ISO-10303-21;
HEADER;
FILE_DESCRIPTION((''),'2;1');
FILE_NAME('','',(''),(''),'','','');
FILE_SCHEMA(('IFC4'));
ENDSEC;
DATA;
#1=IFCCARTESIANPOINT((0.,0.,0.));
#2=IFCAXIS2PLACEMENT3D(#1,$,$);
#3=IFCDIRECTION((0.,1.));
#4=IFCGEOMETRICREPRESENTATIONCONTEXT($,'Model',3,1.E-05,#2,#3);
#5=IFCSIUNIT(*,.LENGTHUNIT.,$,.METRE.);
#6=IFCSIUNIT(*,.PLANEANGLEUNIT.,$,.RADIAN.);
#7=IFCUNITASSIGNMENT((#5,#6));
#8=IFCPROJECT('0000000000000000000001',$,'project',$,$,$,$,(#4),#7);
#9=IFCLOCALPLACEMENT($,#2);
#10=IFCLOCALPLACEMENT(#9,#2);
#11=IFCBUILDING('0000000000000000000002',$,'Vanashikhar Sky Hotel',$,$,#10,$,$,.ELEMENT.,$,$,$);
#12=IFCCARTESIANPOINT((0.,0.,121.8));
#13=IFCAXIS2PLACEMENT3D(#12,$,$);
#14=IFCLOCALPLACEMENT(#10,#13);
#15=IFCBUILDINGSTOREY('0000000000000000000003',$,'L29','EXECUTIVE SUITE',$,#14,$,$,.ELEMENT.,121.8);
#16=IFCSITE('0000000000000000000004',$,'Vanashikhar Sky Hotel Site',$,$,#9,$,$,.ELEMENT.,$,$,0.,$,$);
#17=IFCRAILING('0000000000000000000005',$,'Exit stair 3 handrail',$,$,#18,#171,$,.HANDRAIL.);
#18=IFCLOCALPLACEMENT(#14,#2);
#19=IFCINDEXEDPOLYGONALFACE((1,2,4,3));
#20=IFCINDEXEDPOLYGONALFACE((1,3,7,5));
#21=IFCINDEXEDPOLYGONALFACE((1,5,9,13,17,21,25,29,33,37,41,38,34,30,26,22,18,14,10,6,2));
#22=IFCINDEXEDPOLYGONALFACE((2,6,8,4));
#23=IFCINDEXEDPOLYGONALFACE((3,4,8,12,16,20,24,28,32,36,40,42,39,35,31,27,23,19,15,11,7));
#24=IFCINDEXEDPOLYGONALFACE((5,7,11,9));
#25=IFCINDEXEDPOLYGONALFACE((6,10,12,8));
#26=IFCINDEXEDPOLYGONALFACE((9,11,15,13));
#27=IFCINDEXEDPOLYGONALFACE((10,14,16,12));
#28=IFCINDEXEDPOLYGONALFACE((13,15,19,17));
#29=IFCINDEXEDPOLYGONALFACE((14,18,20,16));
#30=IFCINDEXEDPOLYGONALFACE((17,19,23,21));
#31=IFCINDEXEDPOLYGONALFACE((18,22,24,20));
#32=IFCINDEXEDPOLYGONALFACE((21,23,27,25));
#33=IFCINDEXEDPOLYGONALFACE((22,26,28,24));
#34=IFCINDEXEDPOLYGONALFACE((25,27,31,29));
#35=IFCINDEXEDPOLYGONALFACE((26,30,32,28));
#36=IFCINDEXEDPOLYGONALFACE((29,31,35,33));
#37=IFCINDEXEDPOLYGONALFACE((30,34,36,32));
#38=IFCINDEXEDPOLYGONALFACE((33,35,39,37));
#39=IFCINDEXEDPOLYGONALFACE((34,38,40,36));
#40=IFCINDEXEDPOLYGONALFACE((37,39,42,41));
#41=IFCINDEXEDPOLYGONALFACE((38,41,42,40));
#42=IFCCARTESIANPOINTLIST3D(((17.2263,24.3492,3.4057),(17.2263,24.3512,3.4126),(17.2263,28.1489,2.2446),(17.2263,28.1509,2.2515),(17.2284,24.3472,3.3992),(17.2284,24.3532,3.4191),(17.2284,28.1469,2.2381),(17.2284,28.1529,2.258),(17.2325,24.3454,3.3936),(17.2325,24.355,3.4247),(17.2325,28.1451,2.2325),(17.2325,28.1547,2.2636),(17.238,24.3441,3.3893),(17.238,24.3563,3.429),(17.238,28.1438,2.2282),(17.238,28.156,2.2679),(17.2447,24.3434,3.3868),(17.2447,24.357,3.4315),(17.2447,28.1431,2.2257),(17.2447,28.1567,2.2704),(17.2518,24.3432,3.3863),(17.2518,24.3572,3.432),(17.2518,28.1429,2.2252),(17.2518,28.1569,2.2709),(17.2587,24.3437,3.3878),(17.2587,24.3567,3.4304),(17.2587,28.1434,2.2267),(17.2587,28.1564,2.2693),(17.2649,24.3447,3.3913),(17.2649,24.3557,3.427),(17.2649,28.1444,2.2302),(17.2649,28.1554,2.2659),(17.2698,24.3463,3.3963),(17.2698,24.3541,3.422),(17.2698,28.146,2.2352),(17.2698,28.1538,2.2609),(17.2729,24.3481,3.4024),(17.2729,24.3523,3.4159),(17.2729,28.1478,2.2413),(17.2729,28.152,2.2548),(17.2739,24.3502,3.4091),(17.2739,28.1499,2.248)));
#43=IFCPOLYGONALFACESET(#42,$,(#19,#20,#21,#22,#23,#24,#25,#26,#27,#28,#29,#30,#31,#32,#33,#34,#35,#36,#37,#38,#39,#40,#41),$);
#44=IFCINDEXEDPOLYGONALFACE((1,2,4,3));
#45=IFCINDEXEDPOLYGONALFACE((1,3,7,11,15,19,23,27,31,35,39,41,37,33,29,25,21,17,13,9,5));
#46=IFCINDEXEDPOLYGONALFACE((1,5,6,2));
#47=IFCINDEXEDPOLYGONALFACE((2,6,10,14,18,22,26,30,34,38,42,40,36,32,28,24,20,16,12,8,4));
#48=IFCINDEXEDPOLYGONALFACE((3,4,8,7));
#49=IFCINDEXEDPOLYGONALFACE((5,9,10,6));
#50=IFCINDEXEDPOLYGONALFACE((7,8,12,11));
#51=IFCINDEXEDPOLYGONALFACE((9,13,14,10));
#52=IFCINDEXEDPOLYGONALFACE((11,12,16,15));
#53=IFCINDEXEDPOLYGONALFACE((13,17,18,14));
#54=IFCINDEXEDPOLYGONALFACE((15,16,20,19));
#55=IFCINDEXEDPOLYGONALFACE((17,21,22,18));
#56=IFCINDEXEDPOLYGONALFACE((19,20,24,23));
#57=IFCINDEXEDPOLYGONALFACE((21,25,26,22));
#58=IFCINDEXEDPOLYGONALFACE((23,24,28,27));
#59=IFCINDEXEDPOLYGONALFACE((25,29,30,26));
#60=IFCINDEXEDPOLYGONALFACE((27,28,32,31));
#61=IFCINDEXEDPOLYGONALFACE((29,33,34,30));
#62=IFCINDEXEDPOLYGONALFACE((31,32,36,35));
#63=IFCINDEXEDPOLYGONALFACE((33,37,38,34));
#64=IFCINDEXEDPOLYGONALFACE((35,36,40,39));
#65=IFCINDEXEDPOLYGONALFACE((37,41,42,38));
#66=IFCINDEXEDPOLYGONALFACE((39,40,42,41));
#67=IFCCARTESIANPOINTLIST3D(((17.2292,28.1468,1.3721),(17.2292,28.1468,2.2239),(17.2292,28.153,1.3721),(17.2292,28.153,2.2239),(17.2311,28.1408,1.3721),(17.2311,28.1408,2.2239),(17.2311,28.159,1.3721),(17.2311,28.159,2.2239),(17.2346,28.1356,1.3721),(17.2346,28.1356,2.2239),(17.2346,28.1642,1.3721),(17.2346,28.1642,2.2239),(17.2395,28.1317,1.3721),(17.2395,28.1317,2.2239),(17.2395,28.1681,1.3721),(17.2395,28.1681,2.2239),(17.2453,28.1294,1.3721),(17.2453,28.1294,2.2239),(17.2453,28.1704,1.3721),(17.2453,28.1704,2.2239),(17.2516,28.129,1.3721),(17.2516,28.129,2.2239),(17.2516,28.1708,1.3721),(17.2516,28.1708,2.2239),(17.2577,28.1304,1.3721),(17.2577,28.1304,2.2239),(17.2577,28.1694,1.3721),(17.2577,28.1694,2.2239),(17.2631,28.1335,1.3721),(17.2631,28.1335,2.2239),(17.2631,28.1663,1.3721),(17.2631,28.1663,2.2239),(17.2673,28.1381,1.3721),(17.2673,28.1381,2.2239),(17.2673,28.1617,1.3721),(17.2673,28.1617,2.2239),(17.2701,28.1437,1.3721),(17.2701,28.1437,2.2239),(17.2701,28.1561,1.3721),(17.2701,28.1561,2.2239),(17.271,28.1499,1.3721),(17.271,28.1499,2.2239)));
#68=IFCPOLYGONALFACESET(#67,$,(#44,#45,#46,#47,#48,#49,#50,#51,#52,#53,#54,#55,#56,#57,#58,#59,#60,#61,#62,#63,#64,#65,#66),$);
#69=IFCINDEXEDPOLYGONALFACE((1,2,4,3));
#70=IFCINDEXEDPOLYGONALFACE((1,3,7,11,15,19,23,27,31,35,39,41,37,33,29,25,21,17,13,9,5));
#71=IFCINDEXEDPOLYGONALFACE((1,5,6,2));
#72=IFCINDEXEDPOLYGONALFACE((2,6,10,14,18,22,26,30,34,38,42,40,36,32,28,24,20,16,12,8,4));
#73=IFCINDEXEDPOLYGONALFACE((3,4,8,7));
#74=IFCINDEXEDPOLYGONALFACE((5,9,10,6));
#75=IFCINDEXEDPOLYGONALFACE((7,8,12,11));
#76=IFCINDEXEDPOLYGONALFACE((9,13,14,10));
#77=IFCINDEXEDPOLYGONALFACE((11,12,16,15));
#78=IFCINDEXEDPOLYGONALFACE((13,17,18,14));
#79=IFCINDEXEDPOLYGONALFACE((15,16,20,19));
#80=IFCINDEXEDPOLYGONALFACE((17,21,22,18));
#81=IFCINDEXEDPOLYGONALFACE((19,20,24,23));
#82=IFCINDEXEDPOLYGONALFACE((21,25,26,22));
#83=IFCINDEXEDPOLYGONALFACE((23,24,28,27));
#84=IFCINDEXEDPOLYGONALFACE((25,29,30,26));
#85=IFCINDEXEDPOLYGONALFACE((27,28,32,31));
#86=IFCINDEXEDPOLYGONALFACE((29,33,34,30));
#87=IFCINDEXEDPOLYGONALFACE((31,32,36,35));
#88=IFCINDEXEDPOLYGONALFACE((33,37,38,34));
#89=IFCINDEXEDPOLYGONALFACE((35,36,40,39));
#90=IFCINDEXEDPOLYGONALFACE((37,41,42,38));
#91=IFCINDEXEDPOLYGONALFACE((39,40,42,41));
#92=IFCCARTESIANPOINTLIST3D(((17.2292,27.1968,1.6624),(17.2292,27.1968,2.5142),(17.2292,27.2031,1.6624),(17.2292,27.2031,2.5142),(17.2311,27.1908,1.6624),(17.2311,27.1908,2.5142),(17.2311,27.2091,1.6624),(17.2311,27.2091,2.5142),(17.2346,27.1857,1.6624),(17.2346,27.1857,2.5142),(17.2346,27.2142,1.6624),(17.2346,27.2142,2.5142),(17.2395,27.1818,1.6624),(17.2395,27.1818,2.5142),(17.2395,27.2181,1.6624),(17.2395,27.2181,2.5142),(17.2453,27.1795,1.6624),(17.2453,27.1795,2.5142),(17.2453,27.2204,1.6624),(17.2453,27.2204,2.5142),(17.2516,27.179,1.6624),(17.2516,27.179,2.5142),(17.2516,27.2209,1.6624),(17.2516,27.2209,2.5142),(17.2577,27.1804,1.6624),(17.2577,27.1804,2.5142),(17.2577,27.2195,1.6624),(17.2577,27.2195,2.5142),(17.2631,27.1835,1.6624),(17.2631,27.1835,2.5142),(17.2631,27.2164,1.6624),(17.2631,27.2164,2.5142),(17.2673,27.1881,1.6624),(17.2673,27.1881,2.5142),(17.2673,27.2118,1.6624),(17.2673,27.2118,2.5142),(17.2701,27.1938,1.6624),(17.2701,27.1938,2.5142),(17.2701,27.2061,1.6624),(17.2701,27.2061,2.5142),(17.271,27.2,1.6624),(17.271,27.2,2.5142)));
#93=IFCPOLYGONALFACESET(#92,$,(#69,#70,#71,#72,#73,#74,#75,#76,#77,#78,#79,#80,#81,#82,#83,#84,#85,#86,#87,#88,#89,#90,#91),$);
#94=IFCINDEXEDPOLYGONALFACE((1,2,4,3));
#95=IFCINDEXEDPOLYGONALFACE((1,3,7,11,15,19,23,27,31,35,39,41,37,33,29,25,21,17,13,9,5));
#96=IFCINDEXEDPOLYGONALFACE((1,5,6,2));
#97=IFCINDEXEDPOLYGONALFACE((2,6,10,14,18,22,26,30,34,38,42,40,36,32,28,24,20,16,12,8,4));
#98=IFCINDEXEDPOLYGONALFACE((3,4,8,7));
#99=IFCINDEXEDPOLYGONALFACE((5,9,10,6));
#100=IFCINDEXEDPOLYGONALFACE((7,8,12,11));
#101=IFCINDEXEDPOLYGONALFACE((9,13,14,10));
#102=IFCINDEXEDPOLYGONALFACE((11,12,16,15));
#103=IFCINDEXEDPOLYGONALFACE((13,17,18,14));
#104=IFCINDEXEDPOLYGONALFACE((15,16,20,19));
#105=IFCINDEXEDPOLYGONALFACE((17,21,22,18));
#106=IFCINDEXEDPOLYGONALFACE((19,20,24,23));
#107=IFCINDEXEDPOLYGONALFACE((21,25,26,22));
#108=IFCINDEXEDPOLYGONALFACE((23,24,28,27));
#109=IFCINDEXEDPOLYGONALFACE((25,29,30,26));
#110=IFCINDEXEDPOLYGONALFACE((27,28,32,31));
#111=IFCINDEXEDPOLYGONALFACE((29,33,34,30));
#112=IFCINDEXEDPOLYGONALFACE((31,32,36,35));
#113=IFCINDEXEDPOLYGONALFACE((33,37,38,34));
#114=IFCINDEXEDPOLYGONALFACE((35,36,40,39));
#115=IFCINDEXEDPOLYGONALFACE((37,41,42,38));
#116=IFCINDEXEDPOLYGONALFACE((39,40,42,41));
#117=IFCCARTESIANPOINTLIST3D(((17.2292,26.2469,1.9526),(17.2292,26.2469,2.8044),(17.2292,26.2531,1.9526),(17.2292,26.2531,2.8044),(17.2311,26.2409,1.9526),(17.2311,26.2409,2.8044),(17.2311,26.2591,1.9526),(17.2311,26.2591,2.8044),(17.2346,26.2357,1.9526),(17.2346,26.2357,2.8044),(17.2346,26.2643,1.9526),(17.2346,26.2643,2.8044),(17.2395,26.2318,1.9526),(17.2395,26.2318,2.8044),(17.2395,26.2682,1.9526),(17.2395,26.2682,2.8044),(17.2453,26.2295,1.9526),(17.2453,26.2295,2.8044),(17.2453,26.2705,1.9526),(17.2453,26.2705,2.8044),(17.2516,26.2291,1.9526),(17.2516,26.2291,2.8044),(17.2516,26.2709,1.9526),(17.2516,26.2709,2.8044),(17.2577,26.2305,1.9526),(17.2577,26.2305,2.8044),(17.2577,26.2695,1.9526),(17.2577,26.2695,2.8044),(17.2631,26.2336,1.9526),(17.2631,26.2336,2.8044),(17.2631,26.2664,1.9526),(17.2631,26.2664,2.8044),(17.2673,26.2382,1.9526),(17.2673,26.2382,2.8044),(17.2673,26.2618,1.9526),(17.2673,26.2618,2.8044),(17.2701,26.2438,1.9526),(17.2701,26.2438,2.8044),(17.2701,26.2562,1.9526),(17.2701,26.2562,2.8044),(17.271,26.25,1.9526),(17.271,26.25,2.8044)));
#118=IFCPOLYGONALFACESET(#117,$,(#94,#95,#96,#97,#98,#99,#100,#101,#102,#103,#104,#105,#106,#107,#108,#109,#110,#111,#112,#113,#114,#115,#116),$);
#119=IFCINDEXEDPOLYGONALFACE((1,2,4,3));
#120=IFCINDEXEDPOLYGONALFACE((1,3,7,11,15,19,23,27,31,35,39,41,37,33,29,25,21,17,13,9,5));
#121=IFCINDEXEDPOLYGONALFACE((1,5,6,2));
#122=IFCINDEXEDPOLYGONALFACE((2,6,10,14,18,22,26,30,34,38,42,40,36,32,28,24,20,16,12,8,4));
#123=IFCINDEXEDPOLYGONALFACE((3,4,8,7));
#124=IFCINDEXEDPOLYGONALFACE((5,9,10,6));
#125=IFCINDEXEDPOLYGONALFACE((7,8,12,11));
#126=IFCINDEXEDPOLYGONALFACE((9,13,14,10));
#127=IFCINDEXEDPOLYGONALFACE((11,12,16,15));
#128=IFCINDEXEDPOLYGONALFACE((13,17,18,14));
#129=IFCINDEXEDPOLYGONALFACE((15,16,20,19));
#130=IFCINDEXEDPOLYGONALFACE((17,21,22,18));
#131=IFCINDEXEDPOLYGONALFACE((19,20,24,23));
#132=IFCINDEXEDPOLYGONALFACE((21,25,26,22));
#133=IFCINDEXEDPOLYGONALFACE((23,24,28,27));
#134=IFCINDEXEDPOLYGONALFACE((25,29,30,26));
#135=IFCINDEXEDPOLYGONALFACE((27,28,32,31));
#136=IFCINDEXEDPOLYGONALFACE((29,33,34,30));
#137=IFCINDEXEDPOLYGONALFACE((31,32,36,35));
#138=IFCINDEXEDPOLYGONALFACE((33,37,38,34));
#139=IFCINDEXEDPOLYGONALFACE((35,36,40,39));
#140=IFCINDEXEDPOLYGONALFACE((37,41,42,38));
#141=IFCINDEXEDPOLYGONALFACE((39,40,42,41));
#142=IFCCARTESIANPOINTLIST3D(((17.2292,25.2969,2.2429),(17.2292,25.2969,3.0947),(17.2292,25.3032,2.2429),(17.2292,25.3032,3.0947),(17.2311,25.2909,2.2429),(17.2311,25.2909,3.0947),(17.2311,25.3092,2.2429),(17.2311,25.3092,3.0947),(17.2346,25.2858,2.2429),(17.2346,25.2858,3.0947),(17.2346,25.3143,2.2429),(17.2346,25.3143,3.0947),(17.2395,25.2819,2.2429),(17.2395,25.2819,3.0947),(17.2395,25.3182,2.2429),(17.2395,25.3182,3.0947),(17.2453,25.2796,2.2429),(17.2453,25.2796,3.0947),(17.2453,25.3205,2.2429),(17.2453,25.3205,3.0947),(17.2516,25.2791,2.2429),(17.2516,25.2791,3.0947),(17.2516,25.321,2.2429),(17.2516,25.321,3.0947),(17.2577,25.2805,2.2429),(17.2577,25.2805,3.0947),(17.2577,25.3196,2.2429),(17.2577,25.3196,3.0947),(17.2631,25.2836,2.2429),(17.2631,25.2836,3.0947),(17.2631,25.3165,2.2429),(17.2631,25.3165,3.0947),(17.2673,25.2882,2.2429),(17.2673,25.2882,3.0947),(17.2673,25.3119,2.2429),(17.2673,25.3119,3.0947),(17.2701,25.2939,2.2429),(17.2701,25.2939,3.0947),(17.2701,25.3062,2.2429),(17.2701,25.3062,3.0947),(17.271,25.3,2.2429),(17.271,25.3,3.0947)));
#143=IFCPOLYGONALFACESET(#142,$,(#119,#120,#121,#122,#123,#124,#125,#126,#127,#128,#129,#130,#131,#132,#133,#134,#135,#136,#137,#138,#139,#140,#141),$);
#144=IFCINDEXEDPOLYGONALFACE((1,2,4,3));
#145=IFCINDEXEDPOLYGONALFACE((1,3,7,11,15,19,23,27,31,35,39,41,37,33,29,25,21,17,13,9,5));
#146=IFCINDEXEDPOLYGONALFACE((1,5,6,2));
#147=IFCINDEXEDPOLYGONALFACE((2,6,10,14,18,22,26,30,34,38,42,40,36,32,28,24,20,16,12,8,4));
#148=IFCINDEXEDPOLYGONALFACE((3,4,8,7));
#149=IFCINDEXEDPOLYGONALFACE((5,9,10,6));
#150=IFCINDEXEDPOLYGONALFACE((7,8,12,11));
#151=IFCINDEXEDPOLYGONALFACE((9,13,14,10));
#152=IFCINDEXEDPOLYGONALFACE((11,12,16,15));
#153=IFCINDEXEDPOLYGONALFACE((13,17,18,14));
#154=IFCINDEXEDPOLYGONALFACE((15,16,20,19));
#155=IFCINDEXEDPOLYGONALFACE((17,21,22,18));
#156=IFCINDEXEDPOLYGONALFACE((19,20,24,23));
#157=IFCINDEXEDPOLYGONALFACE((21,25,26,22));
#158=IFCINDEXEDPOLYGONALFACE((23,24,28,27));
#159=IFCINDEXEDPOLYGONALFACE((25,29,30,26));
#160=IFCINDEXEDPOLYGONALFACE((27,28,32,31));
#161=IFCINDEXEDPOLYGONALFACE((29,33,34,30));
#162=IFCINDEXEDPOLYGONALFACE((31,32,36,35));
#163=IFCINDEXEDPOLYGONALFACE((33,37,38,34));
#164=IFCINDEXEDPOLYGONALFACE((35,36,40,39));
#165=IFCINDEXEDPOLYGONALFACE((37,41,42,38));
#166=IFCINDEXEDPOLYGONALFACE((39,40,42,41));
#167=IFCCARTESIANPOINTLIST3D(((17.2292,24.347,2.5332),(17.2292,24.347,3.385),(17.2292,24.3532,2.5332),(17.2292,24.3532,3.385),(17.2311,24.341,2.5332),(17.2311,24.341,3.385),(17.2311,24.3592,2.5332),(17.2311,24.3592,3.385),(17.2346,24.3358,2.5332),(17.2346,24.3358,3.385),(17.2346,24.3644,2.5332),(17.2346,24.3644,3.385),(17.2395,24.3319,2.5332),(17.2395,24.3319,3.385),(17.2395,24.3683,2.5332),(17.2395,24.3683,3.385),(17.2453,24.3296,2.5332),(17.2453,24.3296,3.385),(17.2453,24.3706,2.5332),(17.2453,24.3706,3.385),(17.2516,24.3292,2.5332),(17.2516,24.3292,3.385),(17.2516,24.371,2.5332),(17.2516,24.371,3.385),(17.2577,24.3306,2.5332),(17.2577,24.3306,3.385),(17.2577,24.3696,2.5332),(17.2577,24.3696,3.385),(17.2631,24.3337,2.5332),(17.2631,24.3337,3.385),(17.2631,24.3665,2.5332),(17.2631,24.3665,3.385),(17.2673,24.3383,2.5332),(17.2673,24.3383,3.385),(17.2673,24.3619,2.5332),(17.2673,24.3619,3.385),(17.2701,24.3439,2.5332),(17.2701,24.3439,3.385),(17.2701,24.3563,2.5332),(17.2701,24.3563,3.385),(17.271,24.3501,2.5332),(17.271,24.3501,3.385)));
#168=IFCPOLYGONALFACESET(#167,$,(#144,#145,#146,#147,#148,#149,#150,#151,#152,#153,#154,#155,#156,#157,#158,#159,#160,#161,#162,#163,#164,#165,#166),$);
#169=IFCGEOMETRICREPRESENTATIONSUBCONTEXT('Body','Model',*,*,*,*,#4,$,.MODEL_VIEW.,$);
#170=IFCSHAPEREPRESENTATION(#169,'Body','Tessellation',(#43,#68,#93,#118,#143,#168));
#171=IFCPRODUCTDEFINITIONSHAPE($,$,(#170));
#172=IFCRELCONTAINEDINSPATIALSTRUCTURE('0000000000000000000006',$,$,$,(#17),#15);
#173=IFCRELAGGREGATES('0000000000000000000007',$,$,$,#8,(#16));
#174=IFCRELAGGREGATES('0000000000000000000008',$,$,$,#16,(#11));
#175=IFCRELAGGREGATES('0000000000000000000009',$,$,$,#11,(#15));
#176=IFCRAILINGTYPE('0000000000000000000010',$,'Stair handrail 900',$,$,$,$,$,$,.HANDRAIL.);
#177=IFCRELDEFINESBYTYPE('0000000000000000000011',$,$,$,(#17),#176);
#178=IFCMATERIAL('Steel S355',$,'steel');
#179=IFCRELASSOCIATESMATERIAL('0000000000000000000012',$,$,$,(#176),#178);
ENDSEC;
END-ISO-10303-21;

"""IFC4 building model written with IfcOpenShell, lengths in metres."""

from ifc_helpers import new_model, si_unit, direction, frame, origin, origin_2d, place, context, subcontext, project, spatial, circle, extrude, source, transform, mapped, material, type_object, element, save


model = new_model("IFC4")

# Units and contexts
model_context = context("Model", 3, precision=1e-05, world=origin(), true_north=direction((0.0, 1.0)))
body_context = subcontext(model_context, "Body", "Model", "MODEL_VIEW")
ifc_project = project(units=[si_unit("LENGTHUNIT", "METRE"), si_unit("PLANEANGLEUNIT", "RADIAN")], contexts=[model_context])

# Site, building, storey
site_placement = place(None, origin())
site = spatial("IfcSite", under=ifc_project, at=site_placement, Name="Vanashikhar Sky Hotel Site", CompositionType="ELEMENT", RefElevation=0.0)
building_placement = place(site_placement, origin())
building = spatial("IfcBuilding", under=site, at=building_placement, Name="Vanashikhar Sky Hotel", CompositionType="ELEMENT")
storey_placement = place(building_placement, frame((0.0, 0.0, 121.8)))
storey = spatial("IfcBuildingStorey", under=building, at=storey_placement, Name="L29", Description="EXECUTIVE SUITE", CompositionType="ELEMENT", Elevation=121.8)

# Railing
ifc_material_1 = material(Name="Steel S355", Category="steel")
railing_type_1 = type_object("IfcRailingType", Name="Stair handrail 900", PredefinedType="HANDRAIL", material=ifc_material_1)
shared_shape_1 = source(origin(), body_context, "Body", "SweptSolid", [
    extrude(circle(Radius=0.0239, at=origin_2d()), frame((0.0, 0.0, 0.876), z_axis=(0.0, -0.956346, 0.292237), x_axis=(1.0, 0.0, 0.0)), (0.0, 0.0, 1.0), 3.9731),
    extrude(circle(Radius=0.021, at=origin_2d()), origin(), (0.0, 0.0, 1.0), 0.8518),
    extrude(circle(Radius=0.021, at=origin_2d()), frame((0.0, -0.95, 0.2903)), (0.0, 0.0, 1.0), 0.8518),
    extrude(circle(Radius=0.021, at=origin_2d()), frame((0.0, -1.8999, 0.5806)), (0.0, 0.0, 1.0), 0.8518),
    extrude(circle(Radius=0.021, at=origin_2d()), frame((0.0, -2.8499, 0.8708)), (0.0, 0.0, 1.0), 0.8518),
    extrude(circle(Radius=0.021, at=origin_2d()), frame((0.0, -3.7998, 1.1611)), (0.0, 0.0, 1.0), 0.8518),
])
railing_1_placement = place(storey_placement, frame((17.25, 28.1499, 1.3721)))
element("IfcRailing", 1, at=railing_1_placement, inside=storey, type_object=railing_type_1, Name="Exit stair 3 handrail", PredefinedType="HANDRAIL", context=body_context, shape_type="MappedRepresentation", body=[
    mapped(shared_shape_1, transform((0.0, 0.0, 0.0), scale=1.0)),
])

save(model, "model.ifc")
